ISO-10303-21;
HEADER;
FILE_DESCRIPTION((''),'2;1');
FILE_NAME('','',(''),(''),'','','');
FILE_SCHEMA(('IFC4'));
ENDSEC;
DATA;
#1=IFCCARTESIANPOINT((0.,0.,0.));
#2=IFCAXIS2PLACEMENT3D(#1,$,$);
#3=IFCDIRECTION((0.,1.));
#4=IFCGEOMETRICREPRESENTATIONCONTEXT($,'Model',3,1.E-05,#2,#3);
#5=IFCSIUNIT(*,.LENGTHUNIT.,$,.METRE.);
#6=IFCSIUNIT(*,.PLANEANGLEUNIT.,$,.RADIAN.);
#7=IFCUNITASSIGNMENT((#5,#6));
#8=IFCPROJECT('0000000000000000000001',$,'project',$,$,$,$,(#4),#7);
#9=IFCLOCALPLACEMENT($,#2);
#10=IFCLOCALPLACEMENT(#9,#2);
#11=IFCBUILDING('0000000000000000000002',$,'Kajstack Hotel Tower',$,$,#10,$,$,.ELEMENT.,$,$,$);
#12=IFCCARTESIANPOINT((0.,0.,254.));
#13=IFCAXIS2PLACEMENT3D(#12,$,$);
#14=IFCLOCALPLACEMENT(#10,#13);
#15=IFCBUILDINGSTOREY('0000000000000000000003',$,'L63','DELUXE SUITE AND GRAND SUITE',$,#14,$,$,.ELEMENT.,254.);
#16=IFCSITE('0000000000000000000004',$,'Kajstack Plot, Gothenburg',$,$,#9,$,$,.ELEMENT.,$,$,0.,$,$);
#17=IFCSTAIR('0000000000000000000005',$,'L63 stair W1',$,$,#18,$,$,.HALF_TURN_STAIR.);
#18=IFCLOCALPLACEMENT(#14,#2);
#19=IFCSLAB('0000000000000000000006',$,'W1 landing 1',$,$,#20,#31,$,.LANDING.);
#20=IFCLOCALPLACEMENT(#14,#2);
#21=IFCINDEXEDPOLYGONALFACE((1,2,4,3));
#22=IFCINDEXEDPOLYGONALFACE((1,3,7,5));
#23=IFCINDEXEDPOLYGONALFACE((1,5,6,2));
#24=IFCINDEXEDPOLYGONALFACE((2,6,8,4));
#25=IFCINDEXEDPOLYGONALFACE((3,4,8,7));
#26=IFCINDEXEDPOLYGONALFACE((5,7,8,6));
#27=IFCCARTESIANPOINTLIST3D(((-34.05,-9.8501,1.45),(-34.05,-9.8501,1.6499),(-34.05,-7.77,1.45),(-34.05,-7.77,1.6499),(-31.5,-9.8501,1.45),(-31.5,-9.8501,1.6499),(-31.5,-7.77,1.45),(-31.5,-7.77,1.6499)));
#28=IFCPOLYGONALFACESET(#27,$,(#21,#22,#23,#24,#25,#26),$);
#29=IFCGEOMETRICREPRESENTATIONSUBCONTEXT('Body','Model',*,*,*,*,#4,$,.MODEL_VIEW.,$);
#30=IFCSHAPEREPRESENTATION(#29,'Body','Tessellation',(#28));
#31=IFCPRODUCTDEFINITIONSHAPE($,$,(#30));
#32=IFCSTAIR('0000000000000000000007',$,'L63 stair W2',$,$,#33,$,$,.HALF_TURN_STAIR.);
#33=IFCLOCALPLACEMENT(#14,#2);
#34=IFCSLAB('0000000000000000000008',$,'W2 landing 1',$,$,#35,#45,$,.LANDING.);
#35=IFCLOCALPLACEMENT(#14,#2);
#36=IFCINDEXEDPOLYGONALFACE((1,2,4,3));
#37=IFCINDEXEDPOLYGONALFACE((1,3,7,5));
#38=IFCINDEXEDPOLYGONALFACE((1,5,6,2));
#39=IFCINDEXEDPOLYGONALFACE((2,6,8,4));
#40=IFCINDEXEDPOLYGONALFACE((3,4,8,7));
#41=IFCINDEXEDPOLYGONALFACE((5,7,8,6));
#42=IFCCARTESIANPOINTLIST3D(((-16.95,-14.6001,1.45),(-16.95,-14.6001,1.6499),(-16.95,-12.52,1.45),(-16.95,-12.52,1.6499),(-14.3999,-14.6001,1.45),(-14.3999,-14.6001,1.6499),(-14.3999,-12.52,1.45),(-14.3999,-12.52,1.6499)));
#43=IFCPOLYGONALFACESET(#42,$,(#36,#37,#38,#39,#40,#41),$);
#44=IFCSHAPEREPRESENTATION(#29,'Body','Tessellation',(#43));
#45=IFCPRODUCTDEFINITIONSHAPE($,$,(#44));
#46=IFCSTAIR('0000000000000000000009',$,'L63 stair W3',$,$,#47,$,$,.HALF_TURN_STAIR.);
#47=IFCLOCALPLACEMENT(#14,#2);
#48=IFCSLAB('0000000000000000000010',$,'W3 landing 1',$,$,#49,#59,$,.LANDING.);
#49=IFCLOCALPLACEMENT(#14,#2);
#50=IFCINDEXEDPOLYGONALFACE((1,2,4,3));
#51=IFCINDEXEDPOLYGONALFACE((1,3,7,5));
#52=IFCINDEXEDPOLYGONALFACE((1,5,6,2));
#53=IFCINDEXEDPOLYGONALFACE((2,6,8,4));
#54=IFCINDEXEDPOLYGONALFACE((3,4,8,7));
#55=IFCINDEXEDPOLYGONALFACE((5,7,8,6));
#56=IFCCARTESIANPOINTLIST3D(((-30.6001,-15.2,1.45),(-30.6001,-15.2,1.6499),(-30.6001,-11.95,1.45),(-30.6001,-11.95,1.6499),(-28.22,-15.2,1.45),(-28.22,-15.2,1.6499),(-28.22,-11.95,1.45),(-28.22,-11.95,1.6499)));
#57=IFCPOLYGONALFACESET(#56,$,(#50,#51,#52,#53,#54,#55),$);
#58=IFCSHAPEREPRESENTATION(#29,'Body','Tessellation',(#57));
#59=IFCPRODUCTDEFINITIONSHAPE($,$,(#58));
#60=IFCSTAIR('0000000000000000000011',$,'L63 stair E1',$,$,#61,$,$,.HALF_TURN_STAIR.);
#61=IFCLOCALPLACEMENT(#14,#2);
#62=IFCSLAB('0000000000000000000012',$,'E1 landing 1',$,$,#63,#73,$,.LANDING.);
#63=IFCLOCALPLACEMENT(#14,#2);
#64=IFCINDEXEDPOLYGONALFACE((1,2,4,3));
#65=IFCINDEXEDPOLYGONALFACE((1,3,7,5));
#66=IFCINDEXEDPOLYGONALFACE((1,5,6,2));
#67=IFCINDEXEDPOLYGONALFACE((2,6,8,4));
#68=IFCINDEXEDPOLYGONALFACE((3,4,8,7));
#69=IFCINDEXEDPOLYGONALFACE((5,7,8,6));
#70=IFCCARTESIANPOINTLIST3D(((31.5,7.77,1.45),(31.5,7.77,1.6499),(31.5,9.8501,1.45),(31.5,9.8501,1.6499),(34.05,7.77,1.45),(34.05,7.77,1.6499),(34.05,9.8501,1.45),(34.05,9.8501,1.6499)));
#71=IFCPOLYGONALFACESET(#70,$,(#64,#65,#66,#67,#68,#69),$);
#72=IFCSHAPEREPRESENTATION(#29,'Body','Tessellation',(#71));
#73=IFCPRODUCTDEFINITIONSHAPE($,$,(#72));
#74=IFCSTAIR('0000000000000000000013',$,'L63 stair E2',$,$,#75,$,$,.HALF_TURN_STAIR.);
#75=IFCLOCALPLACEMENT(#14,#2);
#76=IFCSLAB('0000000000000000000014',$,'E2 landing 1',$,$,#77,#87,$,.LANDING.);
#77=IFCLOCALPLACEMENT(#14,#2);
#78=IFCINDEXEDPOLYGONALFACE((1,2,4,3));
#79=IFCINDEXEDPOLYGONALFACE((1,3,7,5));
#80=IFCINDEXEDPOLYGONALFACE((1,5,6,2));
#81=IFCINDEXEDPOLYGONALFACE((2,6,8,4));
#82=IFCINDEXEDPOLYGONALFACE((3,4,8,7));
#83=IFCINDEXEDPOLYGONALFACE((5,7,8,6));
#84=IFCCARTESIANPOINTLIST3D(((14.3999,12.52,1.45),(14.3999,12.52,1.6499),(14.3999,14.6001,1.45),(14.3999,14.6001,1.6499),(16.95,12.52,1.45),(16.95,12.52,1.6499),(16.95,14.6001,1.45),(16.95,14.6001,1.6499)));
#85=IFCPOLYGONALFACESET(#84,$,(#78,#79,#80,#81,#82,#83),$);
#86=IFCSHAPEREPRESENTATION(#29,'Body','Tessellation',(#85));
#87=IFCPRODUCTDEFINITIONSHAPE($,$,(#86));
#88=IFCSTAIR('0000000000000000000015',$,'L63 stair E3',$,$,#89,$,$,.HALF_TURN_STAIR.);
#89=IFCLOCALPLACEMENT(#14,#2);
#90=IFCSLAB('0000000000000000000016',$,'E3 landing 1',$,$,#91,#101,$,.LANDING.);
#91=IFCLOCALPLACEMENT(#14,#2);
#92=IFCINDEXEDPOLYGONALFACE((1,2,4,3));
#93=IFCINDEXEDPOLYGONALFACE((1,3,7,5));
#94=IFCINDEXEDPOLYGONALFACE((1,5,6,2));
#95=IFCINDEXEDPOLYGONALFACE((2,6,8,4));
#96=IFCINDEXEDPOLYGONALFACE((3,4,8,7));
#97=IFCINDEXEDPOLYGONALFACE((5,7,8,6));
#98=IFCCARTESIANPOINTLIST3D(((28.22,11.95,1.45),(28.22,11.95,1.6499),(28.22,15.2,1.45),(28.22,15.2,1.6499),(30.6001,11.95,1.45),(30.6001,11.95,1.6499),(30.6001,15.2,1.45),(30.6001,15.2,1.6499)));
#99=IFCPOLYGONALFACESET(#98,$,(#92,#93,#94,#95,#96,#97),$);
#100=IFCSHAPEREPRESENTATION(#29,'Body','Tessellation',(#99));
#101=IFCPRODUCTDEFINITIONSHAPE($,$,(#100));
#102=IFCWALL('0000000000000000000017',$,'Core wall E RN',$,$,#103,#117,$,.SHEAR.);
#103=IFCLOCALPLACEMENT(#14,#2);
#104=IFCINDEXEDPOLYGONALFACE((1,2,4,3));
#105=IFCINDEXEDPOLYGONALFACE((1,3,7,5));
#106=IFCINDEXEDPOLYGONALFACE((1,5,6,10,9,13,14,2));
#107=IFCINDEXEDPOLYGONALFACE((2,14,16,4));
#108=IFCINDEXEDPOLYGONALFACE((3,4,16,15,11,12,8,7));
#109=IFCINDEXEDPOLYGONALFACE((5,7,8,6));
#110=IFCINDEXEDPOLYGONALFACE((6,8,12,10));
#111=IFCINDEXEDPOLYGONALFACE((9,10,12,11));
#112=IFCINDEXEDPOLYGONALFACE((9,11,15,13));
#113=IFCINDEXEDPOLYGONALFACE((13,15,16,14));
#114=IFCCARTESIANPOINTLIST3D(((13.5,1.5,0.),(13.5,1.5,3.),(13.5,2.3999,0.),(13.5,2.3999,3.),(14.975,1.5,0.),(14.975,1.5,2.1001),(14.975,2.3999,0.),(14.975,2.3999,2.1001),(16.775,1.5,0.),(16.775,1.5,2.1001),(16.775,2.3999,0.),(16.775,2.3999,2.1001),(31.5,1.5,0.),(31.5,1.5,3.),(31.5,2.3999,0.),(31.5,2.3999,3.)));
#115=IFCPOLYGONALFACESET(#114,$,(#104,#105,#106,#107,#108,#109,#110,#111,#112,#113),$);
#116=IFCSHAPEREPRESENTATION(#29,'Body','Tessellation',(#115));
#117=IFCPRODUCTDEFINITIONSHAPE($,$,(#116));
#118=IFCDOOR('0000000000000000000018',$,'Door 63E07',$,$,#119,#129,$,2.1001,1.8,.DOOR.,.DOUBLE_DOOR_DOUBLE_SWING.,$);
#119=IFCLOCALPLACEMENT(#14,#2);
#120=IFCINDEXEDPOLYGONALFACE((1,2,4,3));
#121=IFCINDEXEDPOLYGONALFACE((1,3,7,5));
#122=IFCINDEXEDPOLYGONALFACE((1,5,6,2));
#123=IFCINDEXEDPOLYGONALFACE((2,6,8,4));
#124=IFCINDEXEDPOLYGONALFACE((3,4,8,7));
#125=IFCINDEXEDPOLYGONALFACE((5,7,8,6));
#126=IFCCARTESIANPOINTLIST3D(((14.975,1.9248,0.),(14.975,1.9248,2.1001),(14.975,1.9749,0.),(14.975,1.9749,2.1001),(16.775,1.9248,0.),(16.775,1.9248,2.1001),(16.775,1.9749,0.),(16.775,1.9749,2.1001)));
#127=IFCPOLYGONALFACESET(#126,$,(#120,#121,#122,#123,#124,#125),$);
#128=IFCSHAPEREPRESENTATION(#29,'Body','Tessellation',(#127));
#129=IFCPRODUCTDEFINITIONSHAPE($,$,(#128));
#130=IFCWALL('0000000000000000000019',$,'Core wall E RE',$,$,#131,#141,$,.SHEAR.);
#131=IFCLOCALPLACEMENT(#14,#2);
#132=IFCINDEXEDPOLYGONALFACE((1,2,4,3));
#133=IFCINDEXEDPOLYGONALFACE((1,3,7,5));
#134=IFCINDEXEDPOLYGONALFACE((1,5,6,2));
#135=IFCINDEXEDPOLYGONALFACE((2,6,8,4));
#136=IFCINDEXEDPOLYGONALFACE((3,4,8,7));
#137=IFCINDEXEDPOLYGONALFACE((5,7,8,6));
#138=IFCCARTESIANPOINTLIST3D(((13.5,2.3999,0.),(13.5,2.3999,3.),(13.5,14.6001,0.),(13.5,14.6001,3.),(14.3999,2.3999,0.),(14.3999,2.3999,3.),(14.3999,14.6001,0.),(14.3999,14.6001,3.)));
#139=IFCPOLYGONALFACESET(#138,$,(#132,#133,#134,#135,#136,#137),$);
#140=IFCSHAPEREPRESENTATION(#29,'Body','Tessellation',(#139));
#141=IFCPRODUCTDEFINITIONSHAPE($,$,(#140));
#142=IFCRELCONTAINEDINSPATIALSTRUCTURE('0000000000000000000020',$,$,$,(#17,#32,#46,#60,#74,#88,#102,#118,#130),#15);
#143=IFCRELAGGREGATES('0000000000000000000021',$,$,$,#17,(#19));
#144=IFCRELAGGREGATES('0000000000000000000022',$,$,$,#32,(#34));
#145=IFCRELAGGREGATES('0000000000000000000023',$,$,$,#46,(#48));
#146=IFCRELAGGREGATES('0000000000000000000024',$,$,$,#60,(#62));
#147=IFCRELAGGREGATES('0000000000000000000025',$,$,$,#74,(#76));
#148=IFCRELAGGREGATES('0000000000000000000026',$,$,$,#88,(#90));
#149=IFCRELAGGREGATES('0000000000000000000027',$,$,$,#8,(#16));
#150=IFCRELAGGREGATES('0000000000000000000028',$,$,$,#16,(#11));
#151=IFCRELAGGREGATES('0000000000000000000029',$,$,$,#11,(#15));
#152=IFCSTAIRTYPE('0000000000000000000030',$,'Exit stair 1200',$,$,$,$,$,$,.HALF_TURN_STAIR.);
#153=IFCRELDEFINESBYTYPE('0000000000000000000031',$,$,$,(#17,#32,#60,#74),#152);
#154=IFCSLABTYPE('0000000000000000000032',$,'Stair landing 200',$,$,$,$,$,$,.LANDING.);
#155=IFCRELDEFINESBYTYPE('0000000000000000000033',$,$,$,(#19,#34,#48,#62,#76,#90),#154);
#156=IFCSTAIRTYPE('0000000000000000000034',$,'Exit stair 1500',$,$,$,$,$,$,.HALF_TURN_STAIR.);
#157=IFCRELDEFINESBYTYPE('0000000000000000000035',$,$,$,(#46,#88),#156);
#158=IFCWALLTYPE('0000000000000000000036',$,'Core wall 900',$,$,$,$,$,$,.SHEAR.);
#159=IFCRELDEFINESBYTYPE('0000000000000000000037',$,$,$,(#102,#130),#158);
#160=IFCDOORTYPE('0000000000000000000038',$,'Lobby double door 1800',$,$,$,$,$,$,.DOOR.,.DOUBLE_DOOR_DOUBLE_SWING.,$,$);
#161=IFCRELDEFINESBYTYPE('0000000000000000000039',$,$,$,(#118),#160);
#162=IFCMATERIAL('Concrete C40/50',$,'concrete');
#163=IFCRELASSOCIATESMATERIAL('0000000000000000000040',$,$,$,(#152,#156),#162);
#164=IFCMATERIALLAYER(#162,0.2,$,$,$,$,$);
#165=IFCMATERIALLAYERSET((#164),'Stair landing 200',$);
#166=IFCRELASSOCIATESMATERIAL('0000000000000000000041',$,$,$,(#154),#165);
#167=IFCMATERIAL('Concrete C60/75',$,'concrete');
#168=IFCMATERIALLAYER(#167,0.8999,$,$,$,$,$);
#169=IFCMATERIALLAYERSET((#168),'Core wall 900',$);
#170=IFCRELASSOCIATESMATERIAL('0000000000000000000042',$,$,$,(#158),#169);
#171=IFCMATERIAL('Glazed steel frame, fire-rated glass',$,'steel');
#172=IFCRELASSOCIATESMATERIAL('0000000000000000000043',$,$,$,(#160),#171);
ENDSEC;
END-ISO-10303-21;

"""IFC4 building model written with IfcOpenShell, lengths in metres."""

from ifc_helpers import new_model, si_unit, direction, frame, frame_2d, origin, place, context, subcontext, project, spatial, polyline, rectangle, outline, extrude, material, layer, layer_set, type_object, element, fill, aggregate, save


model = new_model("IFC4")

# Units and contexts
model_context = context("Model", 3, precision=1e-05, world=origin(), true_north=direction((0.0, 1.0)))
body_context = subcontext(model_context, "Body", "Model", "MODEL_VIEW")
ifc_project = project(units=[si_unit("LENGTHUNIT", "METRE"), si_unit("PLANEANGLEUNIT", "RADIAN")], contexts=[model_context])

# Site, building, storey
site_placement = place(None, origin())
site = spatial("IfcSite", under=ifc_project, at=site_placement, Name="Kajstack Plot, Gothenburg", CompositionType="ELEMENT", RefElevation=0.0)
building_placement = place(site_placement, origin())
building = spatial("IfcBuilding", under=site, at=building_placement, Name="Kajstack Hotel Tower", CompositionType="ELEMENT")
storey_placement = place(building_placement, frame((0.0, 0.0, 254.0)))
storey = spatial("IfcBuildingStorey", under=building, at=storey_placement, Name="L63", Description="DELUXE SUITE AND GRAND SUITE", CompositionType="ELEMENT", Elevation=254.0)

# Stairs, slabs
ifc_material_1 = material(Name="Concrete C40/50", Category="concrete")
stair_type_1 = type_object("IfcStairType", Name="Exit stair 1200", PredefinedType="HALF_TURN_STAIR", material=ifc_material_1)
stair_1_placement = place(storey_placement, origin())
stair_1 = element("IfcStair", 1, at=stair_1_placement, inside=storey, type_object=stair_type_1, Name="L63 stair W1", PredefinedType="HALF_TURN_STAIR")
ifc_layer_1 = layer(ifc_material_1, 0.2)
ifc_layer_set_1 = layer_set([ifc_layer_1], Name="Stair landing 200")
slab_type = type_object("IfcSlabType", Name="Stair landing 200", PredefinedType="LANDING", material=ifc_layer_set_1)
slab_1_placement = place(storey_placement, frame((0.0, 0.0, 1.45)))
slab_1 = element("IfcSlab", 2, at=slab_1_placement, type_object=slab_type, Name="W1 landing 1", PredefinedType="LANDING", context=body_context, shape_type="SweptSolid", body=[
    extrude(outline(polyline([(-34.05, -7.77), (-34.05, -9.8501), (-31.5, -9.8501), (-31.5, -7.77), (-34.05, -7.77)])), origin(), (0.0, 0.0, 1.0), 0.2),
])
aggregate(stair_1, [slab_1])
stair_2_placement = place(storey_placement, origin())
stair_2 = element("IfcStair", 3, at=stair_2_placement, inside=storey, type_object=stair_type_1, Name="L63 stair W2", PredefinedType="HALF_TURN_STAIR")
slab_2_placement = place(storey_placement, frame((0.0, 0.0, 1.45)))
slab_2 = element("IfcSlab", 4, at=slab_2_placement, type_object=slab_type, Name="W2 landing 1", PredefinedType="LANDING", context=body_context, shape_type="SweptSolid", body=[
    extrude(outline(polyline([(-16.95, -12.52), (-16.95, -14.6001), (-14.3999, -14.6001), (-14.3999, -12.52), (-16.95, -12.52)])), origin(), (0.0, 0.0, 1.0), 0.2),
])
aggregate(stair_2, [slab_2])
stair_type_2 = type_object("IfcStairType", Name="Exit stair 1500", PredefinedType="HALF_TURN_STAIR", material=ifc_material_1)
stair_3_placement = place(storey_placement, origin())
stair_3 = element("IfcStair", 5, at=stair_3_placement, inside=storey, type_object=stair_type_2, Name="L63 stair W3", PredefinedType="HALF_TURN_STAIR")
slab_3_placement = place(storey_placement, frame((0.0, 0.0, 1.45)))
slab_3 = element("IfcSlab", 6, at=slab_3_placement, type_object=slab_type, Name="W3 landing 1", PredefinedType="LANDING", context=body_context, shape_type="SweptSolid", body=[
    extrude(outline(polyline([(-28.22, -11.95), (-30.6001, -11.95), (-30.6001, -15.2), (-28.22, -15.2), (-28.22, -11.95)])), origin(), (0.0, 0.0, 1.0), 0.2),
])
aggregate(stair_3, [slab_3])
stair_4_placement = place(storey_placement, origin())
stair_4 = element("IfcStair", 7, at=stair_4_placement, inside=storey, type_object=stair_type_1, Name="L63 stair E1", PredefinedType="HALF_TURN_STAIR")
slab_4_placement = place(storey_placement, frame((0.0, 0.0, 1.45)))
slab_4 = element("IfcSlab", 8, at=slab_4_placement, type_object=slab_type, Name="E1 landing 1", PredefinedType="LANDING", context=body_context, shape_type="SweptSolid", body=[
    extrude(outline(polyline([(34.05, 7.77), (34.05, 9.8501), (31.5, 9.8501), (31.5, 7.77), (34.05, 7.77)])), origin(), (0.0, 0.0, 1.0), 0.2),
])
aggregate(stair_4, [slab_4])
stair_5_placement = place(storey_placement, origin())
stair_5 = element("IfcStair", 9, at=stair_5_placement, inside=storey, type_object=stair_type_1, Name="L63 stair E2", PredefinedType="HALF_TURN_STAIR")
slab_5_placement = place(storey_placement, frame((0.0, 0.0, 1.45)))
slab_5 = element("IfcSlab", 10, at=slab_5_placement, type_object=slab_type, Name="E2 landing 1", PredefinedType="LANDING", context=body_context, shape_type="SweptSolid", body=[
    extrude(outline(polyline([(16.95, 12.52), (16.95, 14.6001), (14.3999, 14.6001), (14.3999, 12.52), (16.95, 12.52)])), origin(), (0.0, 0.0, 1.0), 0.2),
])
aggregate(stair_5, [slab_5])
stair_6_placement = place(storey_placement, origin())
stair_6 = element("IfcStair", 11, at=stair_6_placement, inside=storey, type_object=stair_type_2, Name="L63 stair E3", PredefinedType="HALF_TURN_STAIR")
slab_6_placement = place(storey_placement, frame((0.0, 0.0, 1.45)))
slab_6 = element("IfcSlab", 12, at=slab_6_placement, type_object=slab_type, Name="E3 landing 1", PredefinedType="LANDING", context=body_context, shape_type="SweptSolid", body=[
    extrude(outline(polyline([(28.22, 11.95), (30.6001, 11.95), (30.6001, 15.2), (28.22, 15.2), (28.22, 11.95)])), origin(), (0.0, 0.0, 1.0), 0.2),
])
aggregate(stair_6, [slab_6])

# Wall, opening, door
ifc_material_2 = material(Name="Concrete C60/75", Category="concrete")
ifc_layer_2 = layer(ifc_material_2, 0.8999)
ifc_layer_set_2 = layer_set([ifc_layer_2], Name="Core wall 900")
wall_type_1 = type_object("IfcWallType", Name="Core wall 900", PredefinedType="SHEAR", material=ifc_layer_set_2)
wall_1_placement = place(storey_placement, frame((13.5, 1.95, 0.0), z_axis=(0.0, 0.0, 1.0), x_axis=(1.0, 0.0, 0.0)))
wall_1 = element("IfcWall", 13, at=wall_1_placement, inside=storey, type_object=wall_type_1, Name="Core wall E RN", PredefinedType="SHEAR", context=body_context, shape_type="SweptSolid", body=[
    extrude(rectangle(XDim=18.0, YDim=0.8999, at=frame_2d((9.0, 0.0))), origin(), (0.0, 0.0, 1.0), 3.0),
])
opening_1_placement = place(wall_1_placement, frame((1.4751, 0.0, 0.0)))
opening_1 = element("IfcOpeningElement", 14, at=opening_1_placement, cuts=wall_1, PredefinedType="OPENING", context=body_context, shape_type="SweptSolid", body=[
    extrude(rectangle(XDim=1.8, YDim=2.1001, at=frame_2d((0.8999, 1.05))), frame((0.0, 0.46, 0.0), z_axis=(0.0, -1.0, 0.0), x_axis=(1.0, 0.0, 0.0)), (0.0, 0.0, 1.0), 0.9199),
])
ifc_material_3 = material(Name="Glazed steel frame, fire-rated glass", Category="steel")
door_type_1 = type_object("IfcDoorType", Name="Lobby double door 1800", OperationType="DOUBLE_DOOR_DOUBLE_SWING", PredefinedType="DOOR", material=ifc_material_3)
door_1_placement = place(opening_1_placement, origin())
door_1 = element("IfcDoor", 15, at=door_1_placement, inside=storey, type_object=door_type_1, Name="Door 63E07", OperationType="DOUBLE_DOOR_DOUBLE_SWING", OverallHeight=2.1001, OverallWidth=1.8, PredefinedType="DOOR", context=body_context, shape_type="SweptSolid", body=[
    extrude(rectangle(XDim=1.8, YDim=2.1001, at=frame_2d((0.8999, 1.05))), frame((0.0, 0.0249, 0.0), z_axis=(0.0, -1.0, 0.0), x_axis=(1.0, 0.0, 0.0)), (0.0, 0.0, 1.0), 0.05),
])
fill(opening_1, door_1)

# Wall
wall_2_placement = place(storey_placement, frame((13.95, 2.3999, 0.0), z_axis=(0.0, 0.0, 1.0), x_axis=(0.0, 1.0, 0.0)))
element("IfcWall", 16, at=wall_2_placement, inside=storey, type_object=wall_type_1, Name="Core wall E RE", PredefinedType="SHEAR", context=body_context, shape_type="SweptSolid", body=[
    extrude(rectangle(XDim=12.2002, YDim=0.8999, at=frame_2d((6.1001, 0.0))), origin(), (0.0, 0.0, 1.0), 3.0),
])

save(model, "model.ifc")
